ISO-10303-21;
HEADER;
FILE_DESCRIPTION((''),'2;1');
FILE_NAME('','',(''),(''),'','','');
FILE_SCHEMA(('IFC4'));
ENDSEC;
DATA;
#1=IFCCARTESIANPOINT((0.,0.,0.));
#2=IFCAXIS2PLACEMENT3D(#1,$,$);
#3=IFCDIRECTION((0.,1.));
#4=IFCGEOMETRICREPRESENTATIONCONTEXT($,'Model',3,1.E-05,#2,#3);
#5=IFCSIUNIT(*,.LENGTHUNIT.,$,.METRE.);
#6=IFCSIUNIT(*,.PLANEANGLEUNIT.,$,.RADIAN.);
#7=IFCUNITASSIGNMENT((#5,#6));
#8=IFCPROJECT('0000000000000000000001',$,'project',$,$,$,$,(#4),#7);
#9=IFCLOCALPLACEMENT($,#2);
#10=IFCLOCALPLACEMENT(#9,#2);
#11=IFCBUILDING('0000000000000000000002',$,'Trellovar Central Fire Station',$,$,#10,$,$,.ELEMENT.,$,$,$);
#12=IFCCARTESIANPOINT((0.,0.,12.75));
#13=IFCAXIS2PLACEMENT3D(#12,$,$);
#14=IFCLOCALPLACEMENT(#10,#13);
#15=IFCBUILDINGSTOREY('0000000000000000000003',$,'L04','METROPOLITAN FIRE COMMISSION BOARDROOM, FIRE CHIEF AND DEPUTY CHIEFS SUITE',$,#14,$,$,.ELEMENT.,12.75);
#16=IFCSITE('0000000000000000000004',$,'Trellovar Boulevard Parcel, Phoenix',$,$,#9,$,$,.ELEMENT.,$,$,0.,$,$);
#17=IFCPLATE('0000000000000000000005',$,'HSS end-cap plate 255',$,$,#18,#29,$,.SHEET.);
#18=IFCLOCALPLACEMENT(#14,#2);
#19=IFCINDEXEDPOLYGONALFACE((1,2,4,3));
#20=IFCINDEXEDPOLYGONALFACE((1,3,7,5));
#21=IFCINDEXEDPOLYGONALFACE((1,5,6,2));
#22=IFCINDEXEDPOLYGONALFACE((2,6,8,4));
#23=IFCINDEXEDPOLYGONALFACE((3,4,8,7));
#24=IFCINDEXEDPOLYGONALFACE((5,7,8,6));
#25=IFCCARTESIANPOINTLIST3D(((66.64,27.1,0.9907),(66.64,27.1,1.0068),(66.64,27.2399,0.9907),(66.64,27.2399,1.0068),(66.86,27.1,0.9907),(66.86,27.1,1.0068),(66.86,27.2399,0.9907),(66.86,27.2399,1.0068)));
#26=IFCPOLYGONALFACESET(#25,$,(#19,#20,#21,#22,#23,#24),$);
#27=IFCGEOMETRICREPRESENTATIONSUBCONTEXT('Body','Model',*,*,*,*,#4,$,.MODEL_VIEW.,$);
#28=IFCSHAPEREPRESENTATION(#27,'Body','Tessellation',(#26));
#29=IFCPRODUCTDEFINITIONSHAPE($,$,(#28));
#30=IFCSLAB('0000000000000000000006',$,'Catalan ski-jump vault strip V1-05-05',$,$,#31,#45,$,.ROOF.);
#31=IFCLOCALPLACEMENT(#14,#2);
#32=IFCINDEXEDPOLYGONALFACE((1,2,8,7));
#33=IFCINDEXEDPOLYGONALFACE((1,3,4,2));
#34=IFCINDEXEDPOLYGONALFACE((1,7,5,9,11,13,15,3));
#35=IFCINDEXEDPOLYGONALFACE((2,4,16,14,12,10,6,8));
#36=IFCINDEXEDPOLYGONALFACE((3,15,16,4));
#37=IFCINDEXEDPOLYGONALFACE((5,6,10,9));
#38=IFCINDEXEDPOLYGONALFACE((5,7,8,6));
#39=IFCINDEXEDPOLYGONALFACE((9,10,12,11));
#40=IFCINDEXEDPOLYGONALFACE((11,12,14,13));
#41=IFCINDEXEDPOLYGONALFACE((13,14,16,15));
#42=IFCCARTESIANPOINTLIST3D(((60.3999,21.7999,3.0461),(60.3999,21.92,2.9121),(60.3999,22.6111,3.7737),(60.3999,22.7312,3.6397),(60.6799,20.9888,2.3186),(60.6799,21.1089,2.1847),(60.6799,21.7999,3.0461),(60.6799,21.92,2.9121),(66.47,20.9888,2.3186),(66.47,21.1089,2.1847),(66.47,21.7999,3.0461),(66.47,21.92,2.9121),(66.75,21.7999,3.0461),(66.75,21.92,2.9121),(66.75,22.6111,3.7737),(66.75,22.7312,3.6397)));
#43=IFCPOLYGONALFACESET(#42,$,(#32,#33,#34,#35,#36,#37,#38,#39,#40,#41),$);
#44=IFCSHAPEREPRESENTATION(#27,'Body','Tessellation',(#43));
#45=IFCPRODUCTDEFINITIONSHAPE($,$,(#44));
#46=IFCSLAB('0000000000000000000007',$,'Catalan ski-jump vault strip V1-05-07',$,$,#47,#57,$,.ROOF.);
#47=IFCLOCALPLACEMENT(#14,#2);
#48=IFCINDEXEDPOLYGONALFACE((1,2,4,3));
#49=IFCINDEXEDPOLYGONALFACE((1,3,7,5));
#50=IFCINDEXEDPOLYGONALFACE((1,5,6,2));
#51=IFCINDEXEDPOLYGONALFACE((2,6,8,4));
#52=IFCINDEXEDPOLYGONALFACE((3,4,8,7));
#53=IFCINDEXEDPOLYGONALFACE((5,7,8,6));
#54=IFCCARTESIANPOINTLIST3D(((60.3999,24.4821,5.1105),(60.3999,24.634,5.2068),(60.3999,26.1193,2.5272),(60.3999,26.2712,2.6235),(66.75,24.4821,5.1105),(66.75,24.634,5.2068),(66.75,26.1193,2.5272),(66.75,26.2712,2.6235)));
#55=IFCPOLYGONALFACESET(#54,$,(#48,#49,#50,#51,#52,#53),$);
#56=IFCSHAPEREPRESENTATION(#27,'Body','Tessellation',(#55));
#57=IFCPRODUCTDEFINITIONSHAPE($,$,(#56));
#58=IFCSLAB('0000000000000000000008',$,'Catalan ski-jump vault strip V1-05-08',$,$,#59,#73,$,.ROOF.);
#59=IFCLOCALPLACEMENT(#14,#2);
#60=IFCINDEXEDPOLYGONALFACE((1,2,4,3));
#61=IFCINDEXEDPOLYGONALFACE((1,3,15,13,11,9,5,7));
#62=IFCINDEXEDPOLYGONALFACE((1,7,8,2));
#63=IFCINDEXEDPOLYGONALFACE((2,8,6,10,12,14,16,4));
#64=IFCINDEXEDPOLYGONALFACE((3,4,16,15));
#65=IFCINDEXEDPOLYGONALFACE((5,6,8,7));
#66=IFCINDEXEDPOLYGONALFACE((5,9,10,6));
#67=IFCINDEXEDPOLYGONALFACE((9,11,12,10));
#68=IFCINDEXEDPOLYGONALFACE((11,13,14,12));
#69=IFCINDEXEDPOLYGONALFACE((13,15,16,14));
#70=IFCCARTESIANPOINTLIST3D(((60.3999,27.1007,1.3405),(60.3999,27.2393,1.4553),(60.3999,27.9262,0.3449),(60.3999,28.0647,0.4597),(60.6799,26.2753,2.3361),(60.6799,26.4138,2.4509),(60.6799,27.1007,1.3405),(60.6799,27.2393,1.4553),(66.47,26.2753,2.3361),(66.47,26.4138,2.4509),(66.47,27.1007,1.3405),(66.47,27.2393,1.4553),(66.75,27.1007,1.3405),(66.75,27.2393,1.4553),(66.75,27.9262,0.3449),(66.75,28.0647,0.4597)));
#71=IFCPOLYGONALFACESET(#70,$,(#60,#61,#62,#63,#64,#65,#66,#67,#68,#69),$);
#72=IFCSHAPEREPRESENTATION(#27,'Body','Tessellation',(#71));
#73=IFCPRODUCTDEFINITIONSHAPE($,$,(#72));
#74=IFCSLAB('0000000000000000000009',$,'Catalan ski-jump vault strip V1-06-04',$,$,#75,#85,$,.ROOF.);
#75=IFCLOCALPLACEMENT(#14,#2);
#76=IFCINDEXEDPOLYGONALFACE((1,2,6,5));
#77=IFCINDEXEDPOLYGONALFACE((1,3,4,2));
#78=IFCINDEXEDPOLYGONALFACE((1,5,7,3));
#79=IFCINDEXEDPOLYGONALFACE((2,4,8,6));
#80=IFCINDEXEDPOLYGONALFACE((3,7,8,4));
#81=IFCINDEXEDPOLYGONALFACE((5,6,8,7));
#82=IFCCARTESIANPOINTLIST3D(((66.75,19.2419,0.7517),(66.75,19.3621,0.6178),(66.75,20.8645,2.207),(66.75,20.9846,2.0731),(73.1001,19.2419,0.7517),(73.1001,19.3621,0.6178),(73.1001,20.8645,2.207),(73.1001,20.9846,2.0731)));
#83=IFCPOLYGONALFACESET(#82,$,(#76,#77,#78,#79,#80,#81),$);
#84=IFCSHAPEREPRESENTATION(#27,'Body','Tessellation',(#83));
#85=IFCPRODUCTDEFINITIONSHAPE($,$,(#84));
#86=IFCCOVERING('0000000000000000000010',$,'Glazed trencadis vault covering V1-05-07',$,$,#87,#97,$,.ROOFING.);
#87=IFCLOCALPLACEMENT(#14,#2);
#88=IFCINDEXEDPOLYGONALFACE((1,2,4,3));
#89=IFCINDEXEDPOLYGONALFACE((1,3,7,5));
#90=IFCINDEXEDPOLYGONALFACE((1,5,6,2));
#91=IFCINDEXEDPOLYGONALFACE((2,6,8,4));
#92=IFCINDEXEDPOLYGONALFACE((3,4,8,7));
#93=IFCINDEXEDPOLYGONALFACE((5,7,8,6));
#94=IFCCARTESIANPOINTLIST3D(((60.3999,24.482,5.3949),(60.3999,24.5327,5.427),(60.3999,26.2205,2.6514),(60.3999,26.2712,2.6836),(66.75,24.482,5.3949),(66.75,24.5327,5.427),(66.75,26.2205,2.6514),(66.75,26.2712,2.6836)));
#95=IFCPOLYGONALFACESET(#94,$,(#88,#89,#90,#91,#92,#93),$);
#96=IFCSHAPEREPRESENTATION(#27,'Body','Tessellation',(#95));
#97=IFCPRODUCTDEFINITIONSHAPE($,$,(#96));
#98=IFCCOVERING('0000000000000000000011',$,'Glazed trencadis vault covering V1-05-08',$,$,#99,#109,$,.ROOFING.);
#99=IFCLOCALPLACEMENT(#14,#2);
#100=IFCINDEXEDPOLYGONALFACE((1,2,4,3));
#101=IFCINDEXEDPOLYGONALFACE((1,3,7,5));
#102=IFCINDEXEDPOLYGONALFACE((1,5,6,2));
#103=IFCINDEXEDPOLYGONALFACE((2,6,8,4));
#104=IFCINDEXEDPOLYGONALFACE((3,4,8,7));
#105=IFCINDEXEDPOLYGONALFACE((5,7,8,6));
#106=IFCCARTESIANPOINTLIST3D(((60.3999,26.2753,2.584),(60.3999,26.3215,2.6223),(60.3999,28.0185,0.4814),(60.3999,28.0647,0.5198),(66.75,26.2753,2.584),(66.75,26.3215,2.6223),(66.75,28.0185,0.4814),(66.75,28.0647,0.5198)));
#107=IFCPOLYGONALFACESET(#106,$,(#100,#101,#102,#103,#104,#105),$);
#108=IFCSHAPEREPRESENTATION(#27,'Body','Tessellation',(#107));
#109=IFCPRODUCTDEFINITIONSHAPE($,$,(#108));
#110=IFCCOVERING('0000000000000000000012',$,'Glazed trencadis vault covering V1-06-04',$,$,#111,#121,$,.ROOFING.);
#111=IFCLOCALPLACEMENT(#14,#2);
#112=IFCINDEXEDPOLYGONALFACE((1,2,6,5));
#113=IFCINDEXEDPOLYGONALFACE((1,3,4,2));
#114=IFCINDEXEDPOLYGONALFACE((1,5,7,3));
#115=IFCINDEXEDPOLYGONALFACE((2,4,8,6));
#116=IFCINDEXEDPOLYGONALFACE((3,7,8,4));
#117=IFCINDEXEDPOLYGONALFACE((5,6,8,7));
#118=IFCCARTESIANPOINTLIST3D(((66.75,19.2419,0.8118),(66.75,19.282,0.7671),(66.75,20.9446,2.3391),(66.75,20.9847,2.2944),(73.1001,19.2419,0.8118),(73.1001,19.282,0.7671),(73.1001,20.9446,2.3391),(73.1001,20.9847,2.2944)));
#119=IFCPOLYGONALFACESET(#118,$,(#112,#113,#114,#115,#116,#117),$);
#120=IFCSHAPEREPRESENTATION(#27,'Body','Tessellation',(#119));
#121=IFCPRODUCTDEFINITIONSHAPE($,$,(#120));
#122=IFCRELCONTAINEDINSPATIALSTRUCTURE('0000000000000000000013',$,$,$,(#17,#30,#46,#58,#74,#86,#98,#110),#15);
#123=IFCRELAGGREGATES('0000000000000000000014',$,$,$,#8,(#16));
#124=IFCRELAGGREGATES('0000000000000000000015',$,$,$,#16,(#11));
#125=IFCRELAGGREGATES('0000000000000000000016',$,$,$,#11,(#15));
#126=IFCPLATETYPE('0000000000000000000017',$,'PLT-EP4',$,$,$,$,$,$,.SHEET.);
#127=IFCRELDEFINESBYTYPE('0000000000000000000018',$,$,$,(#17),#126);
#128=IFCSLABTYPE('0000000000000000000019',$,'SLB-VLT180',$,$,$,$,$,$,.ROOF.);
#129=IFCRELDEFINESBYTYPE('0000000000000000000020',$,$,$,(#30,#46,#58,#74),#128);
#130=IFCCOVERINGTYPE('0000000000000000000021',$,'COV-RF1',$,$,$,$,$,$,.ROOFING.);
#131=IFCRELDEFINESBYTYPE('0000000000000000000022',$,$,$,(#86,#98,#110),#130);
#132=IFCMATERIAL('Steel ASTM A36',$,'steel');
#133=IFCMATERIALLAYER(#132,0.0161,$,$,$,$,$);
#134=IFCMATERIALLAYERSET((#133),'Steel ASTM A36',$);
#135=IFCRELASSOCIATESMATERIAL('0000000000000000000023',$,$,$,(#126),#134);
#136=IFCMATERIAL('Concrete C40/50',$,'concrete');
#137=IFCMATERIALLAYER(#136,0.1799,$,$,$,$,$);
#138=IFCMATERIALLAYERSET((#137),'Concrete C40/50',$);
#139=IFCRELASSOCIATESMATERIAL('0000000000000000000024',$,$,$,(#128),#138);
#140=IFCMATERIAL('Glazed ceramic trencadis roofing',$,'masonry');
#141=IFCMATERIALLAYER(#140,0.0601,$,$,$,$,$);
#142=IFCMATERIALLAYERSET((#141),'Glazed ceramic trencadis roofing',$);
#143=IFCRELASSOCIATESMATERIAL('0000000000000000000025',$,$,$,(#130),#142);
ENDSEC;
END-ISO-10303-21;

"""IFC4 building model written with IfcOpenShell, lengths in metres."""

from ifc_helpers import new_model, si_unit, direction, frame, origin, origin_2d, place, context, subcontext, project, spatial, polyline, rectangle, outline, extrude, material, layer, layer_set, type_object, element, save


model = new_model("IFC4")

# Units and contexts
model_context = context("Model", 3, precision=1e-05, world=origin(), true_north=direction((0.0, 1.0)))
body_context = subcontext(model_context, "Body", "Model", "MODEL_VIEW")
ifc_project = project(units=[si_unit("LENGTHUNIT", "METRE"), si_unit("PLANEANGLEUNIT", "RADIAN")], contexts=[model_context])

# Site, building, storey
site_placement = place(None, origin())
site = spatial("IfcSite", under=ifc_project, at=site_placement, Name="Trellovar Boulevard Parcel, Phoenix", CompositionType="ELEMENT", RefElevation=0.0)
building_placement = place(site_placement, origin())
building = spatial("IfcBuilding", under=site, at=building_placement, Name="Trellovar Central Fire Station", CompositionType="ELEMENT")
storey_placement = place(building_placement, frame((0.0, 0.0, 12.75)))
storey = spatial("IfcBuildingStorey", under=building, at=storey_placement, Name="L04", Description="METROPOLITAN FIRE COMMISSION BOARDROOM, FIRE CHIEF AND DEPUTY CHIEFS SUITE", CompositionType="ELEMENT", Elevation=12.75)

# Plate
ifc_material_1 = material(Name="Steel ASTM A36", Category="steel")
ifc_layer_1 = layer(ifc_material_1, 0.0161)
ifc_layer_set_1 = layer_set([ifc_layer_1], Name="Steel ASTM A36")
plate_type_1 = type_object("IfcPlateType", Name="PLT-EP4", PredefinedType="SHEET", material=ifc_layer_set_1)
for number, where, z_axis, x_axis, name in (
    (1, (66.75, 27.1699, 0.9907), (0.0, 0.0, 1.0), (1.0, 0.0, 0.0), "HSS end-cap plate 255"),
):
    element("IfcPlate", number, at=place(storey_placement, frame(where, z_axis=z_axis, x_axis=x_axis)), inside=storey, type_object=plate_type_1, Name=name, PredefinedType="SHEET", context=body_context, shape_type="SweptSolid", body=[
        extrude(rectangle(XDim=0.22, YDim=0.1399, at=origin_2d()), origin(), (0.0, 0.0, 1.0), 0.0161),
    ])

# Slabs
ifc_material_2 = material(Name="Concrete C40/50", Category="concrete")
ifc_layer_2 = layer(ifc_material_2, 0.1799)
ifc_layer_set_2 = layer_set([ifc_layer_2], Name="Concrete C40/50")
slab_type = type_object("IfcSlabType", Name="SLB-VLT180", PredefinedType="ROOF", material=ifc_layer_set_2)
slab_1_placement = place(storey_placement, frame((60.6799, 20.9888, 2.3186), z_axis=(0.0, -0.667692, 0.744437), x_axis=(1.0, 0.0, 0.0)))
element("IfcSlab", 2, at=slab_1_placement, inside=storey, type_object=slab_type, Name="Catalan ski-jump vault strip V1-05-05", PredefinedType="ROOF", context=body_context, shape_type="SweptSolid", body=[
    extrude(outline(polyline([(0.0, 0.0), (5.79, 0.0), (5.79, 1.0895), (6.0701, 1.0895), (6.0701, 2.1793), (-0.28, 2.1793), (-0.28, 1.0895), (0.0, 1.0895), (0.0, 0.0)])), origin(), (0.0, 0.0, -1.0), 0.1799),
])
slab_2_placement = place(storey_placement, frame((60.3999, 24.634, 5.2068), z_axis=(0.0, 0.844649, 0.53532), x_axis=(1.0, 0.0, 0.0)))
element("IfcSlab", 3, at=slab_2_placement, inside=storey, type_object=slab_type, Name="Catalan ski-jump vault strip V1-05-07", PredefinedType="ROOF", context=body_context, shape_type="SweptSolid", body=[
    extrude(outline(polyline([(0.0, 0.0), (6.3501, 0.0), (6.3501, 3.0584), (0.0, 3.0584), (0.0, 0.0)])), origin(), (0.0, 0.0, -1.0), 0.1799),
])
slab_3_placement = place(storey_placement, frame((60.6799, 26.4138, 2.4509), z_axis=(0.0, 0.769828, 0.638251), x_axis=(1.0, 0.0, 0.0)))
element("IfcSlab", 4, at=slab_3_placement, inside=storey, type_object=slab_type, Name="Catalan ski-jump vault strip V1-05-08", PredefinedType="ROOF", context=body_context, shape_type="SweptSolid", body=[
    extrude(outline(polyline([(0.0, 0.0), (5.79, 0.0), (5.79, 1.2933), (6.0701, 1.2933), (6.0701, 2.5866), (-0.28, 2.5866), (-0.28, 1.2933), (0.0, 1.2933), (0.0, 0.0)])), origin(), (0.0, 0.0, -1.0), 0.1799),
])
slab_4_placement = place(storey_placement, frame((66.75, 19.2419, 0.7517), z_axis=(0.0, -0.667701, 0.744429), x_axis=(1.0, 0.0, 0.0)))
element("IfcSlab", 5, at=slab_4_placement, inside=storey, type_object=slab_type, Name="Catalan ski-jump vault strip V1-06-04", PredefinedType="ROOF", context=body_context, shape_type="SweptSolid", body=[
    extrude(outline(polyline([(0.0, 0.0), (6.3501, 0.0), (6.3501, 2.1796), (0.0, 2.1796), (0.0, 0.0)])), origin(), (0.0, 0.0, -1.0), 0.1799),
])

# Coverings
ifc_material_3 = material(Name="Glazed ceramic trencadis roofing", Category="masonry")
ifc_layer_3 = layer(ifc_material_3, 0.0601)
ifc_layer_set_3 = layer_set([ifc_layer_3], Name="Glazed ceramic trencadis roofing")
covering_type = type_object("IfcCoveringType", Name="COV-RF1", PredefinedType="ROOFING", material=ifc_layer_set_3)
covering_1_placement = place(storey_placement, frame((60.3999, 24.5327, 5.427), z_axis=(0.0, 0.844675, 0.535279), x_axis=(1.0, 0.0, 0.0)))
element("IfcCovering", 6, at=covering_1_placement, inside=storey, type_object=covering_type, Name="Glazed trencadis vault covering V1-05-07", PredefinedType="ROOFING", context=body_context, shape_type="SweptSolid", body=[
    extrude(outline(polyline([(0.0, 0.0), (6.3501, 0.0), (6.3501, 3.2479), (0.0, 3.2479), (0.0, 0.0)])), origin(), (0.0, 0.0, -1.0), 0.0601),
])
covering_2_placement = place(storey_placement, frame((60.3999, 26.3215, 2.6223), z_axis=(0.0, 0.769831, 0.638248), x_axis=(1.0, 0.0, 0.0)))
element("IfcCovering", 7, at=covering_2_placement, inside=storey, type_object=covering_type, Name="Glazed trencadis vault covering V1-05-08", PredefinedType="ROOFING", context=body_context, shape_type="SweptSolid", body=[
    extrude(outline(polyline([(0.0, 0.0), (6.3501, 0.0), (6.3501, 2.7312), (0.0, 2.7312), (0.0, 0.0)])), origin(), (0.0, 0.0, -1.0), 0.0601),
])
covering_3_placement = place(storey_placement, frame((66.75, 19.2419, 0.8118), z_axis=(0.0, -0.667749, 0.744386), x_axis=(1.0, 0.0, 0.0)))
element("IfcCovering", 8, at=covering_3_placement, inside=storey, type_object=covering_type, Name="Glazed trencadis vault covering V1-06-04", PredefinedType="ROOFING", context=body_context, shape_type="SweptSolid", body=[
    extrude(outline(polyline([(0.0, 0.0), (6.3501, 0.0), (6.3501, 2.2873), (0.0, 2.2873), (0.0, 0.0)])), origin(), (0.0, 0.0, -1.0), 0.0601),
])

save(model, "model.ifc")
